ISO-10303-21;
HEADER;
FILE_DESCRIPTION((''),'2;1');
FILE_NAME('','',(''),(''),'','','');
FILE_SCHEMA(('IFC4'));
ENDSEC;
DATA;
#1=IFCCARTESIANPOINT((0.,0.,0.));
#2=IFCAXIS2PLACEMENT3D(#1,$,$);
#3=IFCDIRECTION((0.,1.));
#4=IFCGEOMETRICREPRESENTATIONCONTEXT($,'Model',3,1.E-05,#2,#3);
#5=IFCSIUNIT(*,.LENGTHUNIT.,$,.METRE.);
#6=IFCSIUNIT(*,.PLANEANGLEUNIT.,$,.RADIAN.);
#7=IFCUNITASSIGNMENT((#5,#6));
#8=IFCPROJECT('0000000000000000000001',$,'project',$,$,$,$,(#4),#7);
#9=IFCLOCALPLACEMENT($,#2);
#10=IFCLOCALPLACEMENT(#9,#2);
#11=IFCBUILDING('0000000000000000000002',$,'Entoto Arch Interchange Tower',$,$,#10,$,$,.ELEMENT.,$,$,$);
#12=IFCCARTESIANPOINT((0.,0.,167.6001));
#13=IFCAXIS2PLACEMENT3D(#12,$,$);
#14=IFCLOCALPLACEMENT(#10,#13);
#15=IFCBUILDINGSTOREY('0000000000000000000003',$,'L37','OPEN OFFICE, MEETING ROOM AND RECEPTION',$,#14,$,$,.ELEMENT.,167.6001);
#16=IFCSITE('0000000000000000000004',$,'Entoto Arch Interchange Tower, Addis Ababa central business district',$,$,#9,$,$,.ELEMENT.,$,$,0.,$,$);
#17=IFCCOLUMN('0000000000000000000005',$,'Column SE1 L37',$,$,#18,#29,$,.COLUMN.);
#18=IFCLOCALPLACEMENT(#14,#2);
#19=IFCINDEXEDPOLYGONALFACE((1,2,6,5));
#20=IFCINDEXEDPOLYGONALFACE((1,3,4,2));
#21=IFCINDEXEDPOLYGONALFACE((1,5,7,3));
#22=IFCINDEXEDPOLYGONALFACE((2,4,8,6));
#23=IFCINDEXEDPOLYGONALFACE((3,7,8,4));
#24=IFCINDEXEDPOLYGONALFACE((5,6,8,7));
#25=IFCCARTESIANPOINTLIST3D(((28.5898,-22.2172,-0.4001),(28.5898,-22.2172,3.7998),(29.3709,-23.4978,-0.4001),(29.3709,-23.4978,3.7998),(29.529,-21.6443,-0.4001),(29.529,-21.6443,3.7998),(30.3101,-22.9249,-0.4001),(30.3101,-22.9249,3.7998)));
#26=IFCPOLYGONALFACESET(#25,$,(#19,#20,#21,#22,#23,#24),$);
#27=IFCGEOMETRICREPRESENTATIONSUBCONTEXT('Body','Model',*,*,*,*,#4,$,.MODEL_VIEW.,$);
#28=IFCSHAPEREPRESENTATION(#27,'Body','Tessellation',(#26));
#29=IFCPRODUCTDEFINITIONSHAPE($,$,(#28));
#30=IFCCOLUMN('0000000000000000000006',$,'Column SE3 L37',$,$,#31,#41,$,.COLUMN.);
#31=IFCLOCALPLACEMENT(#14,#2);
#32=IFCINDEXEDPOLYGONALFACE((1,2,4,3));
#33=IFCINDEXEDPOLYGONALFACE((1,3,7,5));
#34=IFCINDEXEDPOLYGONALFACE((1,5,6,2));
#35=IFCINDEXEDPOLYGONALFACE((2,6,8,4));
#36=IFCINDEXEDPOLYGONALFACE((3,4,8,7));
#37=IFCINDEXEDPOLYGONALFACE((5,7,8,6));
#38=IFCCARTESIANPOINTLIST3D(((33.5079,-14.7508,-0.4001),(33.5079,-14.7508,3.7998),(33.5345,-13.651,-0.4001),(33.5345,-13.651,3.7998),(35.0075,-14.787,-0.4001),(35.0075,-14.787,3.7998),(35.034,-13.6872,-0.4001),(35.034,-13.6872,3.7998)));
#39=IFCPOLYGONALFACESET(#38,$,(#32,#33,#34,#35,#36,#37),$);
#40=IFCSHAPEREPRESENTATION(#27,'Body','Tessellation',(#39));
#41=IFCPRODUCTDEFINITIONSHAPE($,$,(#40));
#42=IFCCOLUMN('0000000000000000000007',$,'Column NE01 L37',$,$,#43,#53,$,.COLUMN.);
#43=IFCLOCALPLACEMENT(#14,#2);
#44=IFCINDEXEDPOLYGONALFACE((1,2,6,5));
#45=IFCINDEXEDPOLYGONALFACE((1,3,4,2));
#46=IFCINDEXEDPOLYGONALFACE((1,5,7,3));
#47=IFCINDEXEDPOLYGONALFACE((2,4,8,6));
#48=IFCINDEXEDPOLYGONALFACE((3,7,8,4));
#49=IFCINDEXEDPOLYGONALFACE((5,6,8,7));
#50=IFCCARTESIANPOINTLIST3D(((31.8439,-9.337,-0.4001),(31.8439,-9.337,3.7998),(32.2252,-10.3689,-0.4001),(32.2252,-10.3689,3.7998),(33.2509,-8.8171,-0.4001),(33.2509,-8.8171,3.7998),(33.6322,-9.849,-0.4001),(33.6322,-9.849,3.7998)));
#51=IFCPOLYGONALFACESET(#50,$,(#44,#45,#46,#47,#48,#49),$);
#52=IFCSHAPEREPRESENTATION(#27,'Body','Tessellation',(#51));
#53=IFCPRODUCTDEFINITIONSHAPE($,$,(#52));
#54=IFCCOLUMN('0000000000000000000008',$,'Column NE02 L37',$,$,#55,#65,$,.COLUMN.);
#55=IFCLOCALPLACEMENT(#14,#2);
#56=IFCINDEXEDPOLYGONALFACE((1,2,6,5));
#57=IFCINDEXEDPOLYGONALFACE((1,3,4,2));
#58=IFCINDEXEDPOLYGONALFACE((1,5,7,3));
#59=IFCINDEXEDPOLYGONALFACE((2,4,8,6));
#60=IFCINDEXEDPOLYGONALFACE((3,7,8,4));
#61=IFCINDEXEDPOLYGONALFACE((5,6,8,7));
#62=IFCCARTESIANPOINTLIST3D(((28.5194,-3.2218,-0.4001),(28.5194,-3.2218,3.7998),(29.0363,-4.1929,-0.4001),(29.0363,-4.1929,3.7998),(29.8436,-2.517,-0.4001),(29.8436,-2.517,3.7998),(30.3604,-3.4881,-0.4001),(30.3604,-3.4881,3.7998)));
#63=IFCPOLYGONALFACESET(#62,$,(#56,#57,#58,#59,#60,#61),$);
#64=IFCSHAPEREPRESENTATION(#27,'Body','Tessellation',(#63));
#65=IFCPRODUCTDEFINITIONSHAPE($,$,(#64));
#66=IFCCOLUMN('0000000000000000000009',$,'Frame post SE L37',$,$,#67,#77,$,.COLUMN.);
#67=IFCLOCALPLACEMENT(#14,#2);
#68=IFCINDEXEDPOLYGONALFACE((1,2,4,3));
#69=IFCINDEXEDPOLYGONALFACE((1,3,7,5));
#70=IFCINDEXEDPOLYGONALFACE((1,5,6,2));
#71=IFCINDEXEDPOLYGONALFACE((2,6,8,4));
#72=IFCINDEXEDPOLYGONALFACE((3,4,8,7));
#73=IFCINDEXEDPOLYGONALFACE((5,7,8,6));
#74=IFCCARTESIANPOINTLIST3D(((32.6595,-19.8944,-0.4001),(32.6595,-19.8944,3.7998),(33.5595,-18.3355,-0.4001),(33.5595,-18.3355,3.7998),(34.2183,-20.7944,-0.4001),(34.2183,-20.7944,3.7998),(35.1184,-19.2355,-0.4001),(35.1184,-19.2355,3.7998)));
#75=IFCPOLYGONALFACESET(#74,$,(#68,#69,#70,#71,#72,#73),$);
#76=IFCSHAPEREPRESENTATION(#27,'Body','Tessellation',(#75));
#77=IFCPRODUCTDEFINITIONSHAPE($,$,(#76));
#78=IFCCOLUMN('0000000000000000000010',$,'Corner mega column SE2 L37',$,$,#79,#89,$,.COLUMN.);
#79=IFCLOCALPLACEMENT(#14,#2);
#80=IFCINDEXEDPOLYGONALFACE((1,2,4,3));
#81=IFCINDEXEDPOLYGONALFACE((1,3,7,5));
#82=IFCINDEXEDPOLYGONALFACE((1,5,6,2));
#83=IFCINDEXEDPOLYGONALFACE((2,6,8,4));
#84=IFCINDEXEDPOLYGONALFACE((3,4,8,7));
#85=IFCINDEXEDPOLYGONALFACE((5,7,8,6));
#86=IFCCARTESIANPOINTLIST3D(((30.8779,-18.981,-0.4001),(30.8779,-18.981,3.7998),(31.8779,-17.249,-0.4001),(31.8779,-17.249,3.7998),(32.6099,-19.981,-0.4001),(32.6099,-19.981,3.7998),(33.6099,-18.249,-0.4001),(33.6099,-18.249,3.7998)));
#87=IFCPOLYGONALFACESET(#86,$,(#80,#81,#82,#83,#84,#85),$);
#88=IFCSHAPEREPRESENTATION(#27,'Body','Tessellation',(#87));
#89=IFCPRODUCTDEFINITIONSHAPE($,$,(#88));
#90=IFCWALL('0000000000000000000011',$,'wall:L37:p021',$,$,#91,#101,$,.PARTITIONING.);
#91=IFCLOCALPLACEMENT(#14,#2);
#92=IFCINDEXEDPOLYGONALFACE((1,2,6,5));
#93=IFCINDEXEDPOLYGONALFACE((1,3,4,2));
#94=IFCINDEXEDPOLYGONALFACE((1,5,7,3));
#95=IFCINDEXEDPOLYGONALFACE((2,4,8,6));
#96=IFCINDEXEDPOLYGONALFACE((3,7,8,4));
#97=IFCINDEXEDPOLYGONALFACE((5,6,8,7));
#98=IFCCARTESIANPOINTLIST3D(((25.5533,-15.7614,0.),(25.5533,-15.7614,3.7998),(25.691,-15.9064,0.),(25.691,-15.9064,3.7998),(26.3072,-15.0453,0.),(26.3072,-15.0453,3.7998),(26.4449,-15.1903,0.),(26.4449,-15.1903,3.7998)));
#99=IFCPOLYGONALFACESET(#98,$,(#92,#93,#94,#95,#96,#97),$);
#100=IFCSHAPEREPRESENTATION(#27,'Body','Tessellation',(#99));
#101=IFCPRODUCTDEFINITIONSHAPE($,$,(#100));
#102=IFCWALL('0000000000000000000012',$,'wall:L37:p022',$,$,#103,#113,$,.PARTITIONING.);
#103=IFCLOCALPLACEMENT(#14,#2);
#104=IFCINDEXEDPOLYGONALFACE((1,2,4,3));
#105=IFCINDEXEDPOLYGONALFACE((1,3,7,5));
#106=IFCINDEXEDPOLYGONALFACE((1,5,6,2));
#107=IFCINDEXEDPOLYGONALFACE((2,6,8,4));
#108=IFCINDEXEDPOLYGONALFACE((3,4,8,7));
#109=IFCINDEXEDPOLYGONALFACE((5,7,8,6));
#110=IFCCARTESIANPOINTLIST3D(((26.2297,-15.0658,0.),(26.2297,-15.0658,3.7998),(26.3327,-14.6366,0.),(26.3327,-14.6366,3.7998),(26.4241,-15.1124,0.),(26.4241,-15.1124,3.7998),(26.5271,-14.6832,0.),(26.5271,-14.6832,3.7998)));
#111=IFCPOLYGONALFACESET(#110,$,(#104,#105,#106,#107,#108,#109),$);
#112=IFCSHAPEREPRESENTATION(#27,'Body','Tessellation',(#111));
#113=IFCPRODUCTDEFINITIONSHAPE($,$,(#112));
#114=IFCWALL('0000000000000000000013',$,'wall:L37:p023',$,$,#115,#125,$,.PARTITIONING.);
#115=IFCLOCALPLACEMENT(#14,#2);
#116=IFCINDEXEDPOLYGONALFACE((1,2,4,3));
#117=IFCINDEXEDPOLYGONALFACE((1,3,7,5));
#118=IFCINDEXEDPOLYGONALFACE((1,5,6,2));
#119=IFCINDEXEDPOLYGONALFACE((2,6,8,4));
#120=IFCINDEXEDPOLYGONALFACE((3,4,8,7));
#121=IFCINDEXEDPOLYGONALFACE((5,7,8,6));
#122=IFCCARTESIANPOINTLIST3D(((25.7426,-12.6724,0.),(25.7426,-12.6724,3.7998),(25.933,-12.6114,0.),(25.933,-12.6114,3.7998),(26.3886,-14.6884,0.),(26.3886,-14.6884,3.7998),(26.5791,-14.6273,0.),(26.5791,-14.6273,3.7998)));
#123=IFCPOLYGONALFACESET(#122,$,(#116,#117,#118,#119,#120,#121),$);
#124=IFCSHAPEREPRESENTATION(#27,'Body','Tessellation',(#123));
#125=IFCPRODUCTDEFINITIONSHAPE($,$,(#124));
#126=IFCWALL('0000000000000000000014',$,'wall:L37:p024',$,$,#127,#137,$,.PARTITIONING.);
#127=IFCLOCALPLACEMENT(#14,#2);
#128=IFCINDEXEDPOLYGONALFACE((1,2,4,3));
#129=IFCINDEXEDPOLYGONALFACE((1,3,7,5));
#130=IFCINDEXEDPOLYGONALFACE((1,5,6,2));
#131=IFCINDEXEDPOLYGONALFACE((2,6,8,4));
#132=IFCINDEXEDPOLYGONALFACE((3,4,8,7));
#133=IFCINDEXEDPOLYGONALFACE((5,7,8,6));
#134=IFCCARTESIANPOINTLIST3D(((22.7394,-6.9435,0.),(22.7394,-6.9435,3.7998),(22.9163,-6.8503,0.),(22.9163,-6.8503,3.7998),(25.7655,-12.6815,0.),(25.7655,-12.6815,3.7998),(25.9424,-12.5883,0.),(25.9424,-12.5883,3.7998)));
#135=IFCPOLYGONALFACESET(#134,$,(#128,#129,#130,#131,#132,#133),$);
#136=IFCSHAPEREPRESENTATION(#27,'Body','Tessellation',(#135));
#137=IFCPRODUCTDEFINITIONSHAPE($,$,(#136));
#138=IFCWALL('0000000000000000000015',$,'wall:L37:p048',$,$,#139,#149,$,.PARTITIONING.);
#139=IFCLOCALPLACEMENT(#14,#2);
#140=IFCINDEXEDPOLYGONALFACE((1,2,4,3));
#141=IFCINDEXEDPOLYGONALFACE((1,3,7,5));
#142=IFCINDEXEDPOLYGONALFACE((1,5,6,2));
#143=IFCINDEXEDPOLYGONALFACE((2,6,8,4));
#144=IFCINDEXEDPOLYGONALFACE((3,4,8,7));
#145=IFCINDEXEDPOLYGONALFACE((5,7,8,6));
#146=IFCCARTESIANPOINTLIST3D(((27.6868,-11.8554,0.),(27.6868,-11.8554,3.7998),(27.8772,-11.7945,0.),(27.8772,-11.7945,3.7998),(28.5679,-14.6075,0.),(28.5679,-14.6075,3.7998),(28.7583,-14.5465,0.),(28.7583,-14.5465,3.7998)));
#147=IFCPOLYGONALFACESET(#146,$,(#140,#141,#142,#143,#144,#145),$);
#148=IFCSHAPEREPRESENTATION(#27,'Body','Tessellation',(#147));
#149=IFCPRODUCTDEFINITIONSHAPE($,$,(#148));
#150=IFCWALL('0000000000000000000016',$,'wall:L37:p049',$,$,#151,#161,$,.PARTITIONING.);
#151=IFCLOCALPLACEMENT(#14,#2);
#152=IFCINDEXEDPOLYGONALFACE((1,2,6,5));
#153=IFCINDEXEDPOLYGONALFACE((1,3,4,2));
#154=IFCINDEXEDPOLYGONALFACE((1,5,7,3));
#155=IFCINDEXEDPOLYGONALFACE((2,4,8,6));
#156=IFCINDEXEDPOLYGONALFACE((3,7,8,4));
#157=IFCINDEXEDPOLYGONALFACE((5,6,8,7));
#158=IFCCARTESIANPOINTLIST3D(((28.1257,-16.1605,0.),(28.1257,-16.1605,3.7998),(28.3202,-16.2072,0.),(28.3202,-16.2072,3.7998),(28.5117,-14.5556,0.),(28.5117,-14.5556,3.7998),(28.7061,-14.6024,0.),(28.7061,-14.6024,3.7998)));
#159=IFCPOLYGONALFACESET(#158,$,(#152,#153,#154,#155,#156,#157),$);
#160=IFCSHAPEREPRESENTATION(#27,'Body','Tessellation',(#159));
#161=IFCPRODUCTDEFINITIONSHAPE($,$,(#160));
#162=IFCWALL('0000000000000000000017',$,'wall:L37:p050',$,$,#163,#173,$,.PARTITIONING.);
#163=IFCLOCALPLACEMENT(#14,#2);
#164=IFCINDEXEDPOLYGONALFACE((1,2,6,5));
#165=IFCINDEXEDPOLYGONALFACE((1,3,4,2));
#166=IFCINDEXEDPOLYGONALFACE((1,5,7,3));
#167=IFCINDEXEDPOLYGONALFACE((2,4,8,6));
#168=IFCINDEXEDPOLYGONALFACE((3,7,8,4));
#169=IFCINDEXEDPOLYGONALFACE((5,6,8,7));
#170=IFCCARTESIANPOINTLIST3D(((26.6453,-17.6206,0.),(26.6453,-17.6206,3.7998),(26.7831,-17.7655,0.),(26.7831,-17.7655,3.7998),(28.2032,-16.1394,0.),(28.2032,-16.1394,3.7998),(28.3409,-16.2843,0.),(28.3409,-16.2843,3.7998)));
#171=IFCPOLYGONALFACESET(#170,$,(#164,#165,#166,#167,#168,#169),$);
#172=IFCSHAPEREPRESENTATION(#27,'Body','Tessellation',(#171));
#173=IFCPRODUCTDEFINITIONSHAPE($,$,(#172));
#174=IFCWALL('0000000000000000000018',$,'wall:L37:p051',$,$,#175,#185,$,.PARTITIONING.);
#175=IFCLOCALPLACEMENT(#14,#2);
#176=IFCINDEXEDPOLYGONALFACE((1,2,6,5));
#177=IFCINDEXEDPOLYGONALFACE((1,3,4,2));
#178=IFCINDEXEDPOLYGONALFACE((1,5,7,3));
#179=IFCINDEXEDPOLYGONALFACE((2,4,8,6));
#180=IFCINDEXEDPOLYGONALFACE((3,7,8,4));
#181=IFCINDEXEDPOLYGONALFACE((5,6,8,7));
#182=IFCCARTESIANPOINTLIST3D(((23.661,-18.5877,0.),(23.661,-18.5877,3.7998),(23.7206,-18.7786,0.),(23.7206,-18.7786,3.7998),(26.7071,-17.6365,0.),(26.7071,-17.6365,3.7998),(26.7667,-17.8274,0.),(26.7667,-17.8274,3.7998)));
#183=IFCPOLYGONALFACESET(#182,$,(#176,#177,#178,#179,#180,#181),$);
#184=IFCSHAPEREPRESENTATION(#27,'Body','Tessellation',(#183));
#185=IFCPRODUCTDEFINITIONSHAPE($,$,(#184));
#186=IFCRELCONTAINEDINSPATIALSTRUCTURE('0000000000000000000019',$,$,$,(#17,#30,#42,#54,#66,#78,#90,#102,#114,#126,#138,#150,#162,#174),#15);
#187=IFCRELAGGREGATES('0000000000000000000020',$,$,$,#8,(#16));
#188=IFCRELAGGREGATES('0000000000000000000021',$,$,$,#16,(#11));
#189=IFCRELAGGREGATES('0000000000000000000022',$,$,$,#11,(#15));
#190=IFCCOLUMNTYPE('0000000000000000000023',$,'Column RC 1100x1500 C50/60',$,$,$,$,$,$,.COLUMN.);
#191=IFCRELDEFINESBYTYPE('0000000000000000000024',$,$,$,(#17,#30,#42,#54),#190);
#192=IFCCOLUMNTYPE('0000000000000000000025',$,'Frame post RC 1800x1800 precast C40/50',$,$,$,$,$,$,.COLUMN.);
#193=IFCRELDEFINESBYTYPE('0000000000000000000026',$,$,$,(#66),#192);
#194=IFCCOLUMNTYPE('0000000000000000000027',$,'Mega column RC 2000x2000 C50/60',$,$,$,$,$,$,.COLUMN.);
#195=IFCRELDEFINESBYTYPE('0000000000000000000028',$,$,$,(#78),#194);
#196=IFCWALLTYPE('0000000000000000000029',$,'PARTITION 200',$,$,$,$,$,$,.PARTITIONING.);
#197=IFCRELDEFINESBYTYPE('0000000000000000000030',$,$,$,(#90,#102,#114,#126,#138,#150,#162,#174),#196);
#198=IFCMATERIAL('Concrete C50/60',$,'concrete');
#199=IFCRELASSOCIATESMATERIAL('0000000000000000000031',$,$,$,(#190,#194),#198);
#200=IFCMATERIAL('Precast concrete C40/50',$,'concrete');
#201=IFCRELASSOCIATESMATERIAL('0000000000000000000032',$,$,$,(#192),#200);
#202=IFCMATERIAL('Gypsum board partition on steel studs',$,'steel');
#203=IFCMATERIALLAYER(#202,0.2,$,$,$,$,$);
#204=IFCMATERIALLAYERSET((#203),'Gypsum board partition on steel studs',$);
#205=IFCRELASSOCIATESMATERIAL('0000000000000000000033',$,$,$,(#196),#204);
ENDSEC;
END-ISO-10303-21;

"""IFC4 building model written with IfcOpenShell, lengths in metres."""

from ifc_helpers import new_model, si_unit, direction, frame, frame_2d, origin, origin_2d, place, context, subcontext, project, spatial, rectangle, extrude, material, layer, layer_set, material_profile, profile_set, type_object, element, save


model = new_model("IFC4")

# Units and contexts
model_context = context("Model", 3, precision=1e-05, world=origin(), true_north=direction((0.0, 1.0)))
body_context = subcontext(model_context, "Body", "Model", "MODEL_VIEW")
ifc_project = project(units=[si_unit("LENGTHUNIT", "METRE"), si_unit("PLANEANGLEUNIT", "RADIAN")], contexts=[model_context])

# Site, building, storey
site_placement = place(None, origin())
site = spatial("IfcSite", under=ifc_project, at=site_placement, Name="Entoto Arch Interchange Tower, Addis Ababa central business district", CompositionType="ELEMENT", RefElevation=0.0)
building_placement = place(site_placement, origin())
building = spatial("IfcBuilding", under=site, at=building_placement, Name="Entoto Arch Interchange Tower", CompositionType="ELEMENT")
storey_placement = place(building_placement, frame((0.0, 0.0, 167.6001)))
storey = spatial("IfcBuildingStorey", under=building, at=storey_placement, Name="L37", Description="OPEN OFFICE, MEETING ROOM AND RECEPTION", CompositionType="ELEMENT", Elevation=167.6001)

# Columns
ifc_material_1 = material(Name="Concrete C50/60", Category="concrete")
ifc_material_profile_1 = material_profile(ifc_material_1, rectangle(XDim=1.1001, YDim=1.5, at=origin_2d()))
ifc_profile_set_1 = profile_set([ifc_material_profile_1], Name="Concrete C50/60")
column_type_1 = type_object("IfcColumnType", Name="Column RC 1100x1500 C50/60", PredefinedType="COLUMN", material=ifc_profile_set_1)
for number, where, z_axis, x_axis, name in (
    (1, (29.45, -22.571, -0.4001), (0.0, 0.0, 1.0), (0.853714, 0.520741, 0.0), "Column SE1 L37"),
    (2, (34.271, -14.219, -0.4001), (0.0, 0.0, 1.0), (0.024118, 0.999709, 0.0), "Column SE3 L37"),
    (3, (32.738, -9.593, -0.4001), (0.0, 0.0, 1.0), (-0.346592, 0.938016, 0.0), "Column NE01 L37"),
    (4, (29.4399, -3.355, -0.4001), (0.0, 0.0, 1.0), (-0.469857, 0.882743, 0.0), "Column NE02 L37"),
):
    element("IfcColumn", number, at=place(storey_placement, frame(where, z_axis=z_axis, x_axis=x_axis)), inside=storey, type_object=column_type_1, Name=name, PredefinedType="COLUMN", context=body_context, shape_type="SweptSolid", body=[
        extrude(rectangle(XDim=1.1001, YDim=1.5, at=origin_2d()), origin(), (0.0, 0.0, 1.0), 4.2),
    ])
ifc_material_2 = material(Name="Precast concrete C40/50", Category="concrete")
ifc_material_profile_2 = material_profile(ifc_material_2, rectangle(XDim=1.8, YDim=1.8, at=origin_2d()))
ifc_profile_set_2 = profile_set([ifc_material_profile_2], Name="Precast concrete C40/50")
column_type_2 = type_object("IfcColumnType", Name="Frame post RC 1800x1800 precast C40/50", PredefinedType="COLUMN", material=ifc_profile_set_2)
column_1_placement = place(storey_placement, frame((33.8889, -19.5649, -0.4001), z_axis=(0.0, 0.0, 1.0), x_axis=(-0.866025, 0.5, 0.0)))
element("IfcColumn", 5, at=column_1_placement, inside=storey, type_object=column_type_2, Name="Frame post SE L37", PredefinedType="COLUMN", context=body_context, shape_type="SweptSolid", body=[
    extrude(rectangle(XDim=1.8, YDim=1.8, at=origin_2d()), origin(), (0.0, 0.0, 1.0), 4.2),
])
ifc_material_profile_3 = material_profile(ifc_material_1, rectangle(XDim=2.0, YDim=2.0, at=origin_2d()))
ifc_profile_set_3 = profile_set([ifc_material_profile_3], Name="Concrete C50/60")
column_type_3 = type_object("IfcColumnType", Name="Mega column RC 2000x2000 C50/60", PredefinedType="COLUMN", material=ifc_profile_set_3)
column_2_placement = place(storey_placement, frame((32.2439, -18.615, -0.4001), z_axis=(0.0, 0.0, 1.0), x_axis=(-0.866025, 0.5, 0.0)))
element("IfcColumn", 6, at=column_2_placement, inside=storey, type_object=column_type_3, Name="Corner mega column SE2 L37", PredefinedType="COLUMN", context=body_context, shape_type="SweptSolid", body=[
    extrude(rectangle(XDim=2.0, YDim=2.0, at=origin_2d()), origin(), (0.0, 0.0, 1.0), 4.2),
])

# Walls
ifc_material_3 = material(Name="Gypsum board partition on steel studs", Category="steel")
ifc_layer_1 = layer(ifc_material_3, 0.2)
ifc_layer_set_1 = layer_set([ifc_layer_1], Name="Gypsum board partition on steel studs")
wall_type_1 = type_object("IfcWallType", Name="PARTITION 200", PredefinedType="PARTITIONING", material=ifc_layer_set_1)
wall_1_placement = place(storey_placement, frame((25.6221, -15.834, 0.0), z_axis=(0.0, 0.0, 1.0), x_axis=(0.72507, 0.688675, 0.0)))
element("IfcWall", 7, at=wall_1_placement, inside=storey, type_object=wall_type_1, Name="wall:L37:p021", PredefinedType="PARTITIONING", context=body_context, shape_type="SweptSolid", body=[
    extrude(rectangle(XDim=1.0398, YDim=0.2, at=frame_2d((0.52, 0.0))), origin(), (0.0, 0.0, 1.0), 3.7998),
])
wall_2_placement = place(storey_placement, frame((26.3269, -15.0891, 0.0), z_axis=(0.0, 0.0, 1.0), x_axis=(0.233415, 0.972377, 0.0)))
element("IfcWall", 8, at=wall_2_placement, inside=storey, type_object=wall_type_1, Name="wall:L37:p022", PredefinedType="PARTITIONING", context=body_context, shape_type="SweptSolid", body=[
    extrude(rectangle(XDim=0.4414, YDim=0.2, at=frame_2d((0.2207, 0.0))), origin(), (0.0, 0.0, 1.0), 3.7998),
])
wall_3_placement = place(storey_placement, frame((26.4839, -14.658, 0.0), z_axis=(0.0, 0.0, 1.0), x_axis=(-0.305169, 0.952298, 0.0)))
element("IfcWall", 9, at=wall_3_placement, inside=storey, type_object=wall_type_1, Name="wall:L37:p023", PredefinedType="PARTITIONING", context=body_context, shape_type="SweptSolid", body=[
    extrude(rectangle(XDim=2.1169, YDim=0.2, at=frame_2d((1.0586, 0.0))), origin(), (0.0, 0.0, 1.0), 3.7998),
])
wall_4_placement = place(storey_placement, frame((25.854, -12.635, 0.0), z_axis=(0.0, 0.0, 1.0), x_axis=(-0.466483, 0.88453, 0.0)))
element("IfcWall", 10, at=wall_4_placement, inside=storey, type_object=wall_type_1, Name="wall:L37:p024", PredefinedType="PARTITIONING", context=body_context, shape_type="SweptSolid", body=[
    extrude(rectangle(XDim=6.4871, YDim=0.2, at=frame_2d((3.2437, 0.0))), origin(), (0.0, 0.0, 1.0), 3.7998),
])
wall_5_placement = place(storey_placement, frame((27.782, -11.825, 0.0), z_axis=(0.0, 0.0, 1.0), x_axis=(0.304926, -0.952376, 0.0)))
element("IfcWall", 11, at=wall_5_placement, inside=storey, type_object=wall_type_1, Name="wall:L37:p048", PredefinedType="PARTITIONING", context=body_context, shape_type="SweptSolid", body=[
    extrude(rectangle(XDim=2.8896, YDim=0.2, at=frame_2d((1.4448, 0.0))), origin(), (0.0, 0.0, 1.0), 3.7998),
])
wall_6_placement = place(storey_placement, frame((28.6089, -14.5791, 0.0), z_axis=(0.0, 0.0, 1.0), x_axis=(-0.233826, -0.972278, 0.0)))
element("IfcWall", 12, at=wall_6_placement, inside=storey, type_object=wall_type_1, Name="wall:L37:p049", PredefinedType="PARTITIONING", context=body_context, shape_type="SweptSolid", body=[
    extrude(rectangle(XDim=1.6506, YDim=0.2, at=frame_2d((0.8252, 0.0))), origin(), (0.0, 0.0, 1.0), 3.7998),
])
wall_7_placement = place(storey_placement, frame((28.272, -16.2119, 0.0), z_axis=(0.0, 0.0, 1.0), x_axis=(-0.724713, -0.689051, 0.0)))
element("IfcWall", 13, at=wall_7_placement, inside=storey, type_object=wall_type_1, Name="wall:L37:p050", PredefinedType="PARTITIONING", context=body_context, shape_type="SweptSolid", body=[
    extrude(rectangle(XDim=2.1497, YDim=0.2, at=frame_2d((1.0747, 0.0))), origin(), (0.0, 0.0, 1.0), 3.7998),
])
wall_8_placement = place(storey_placement, frame((26.7371, -17.7319, 0.0), z_axis=(0.0, 0.0, 1.0), x_axis=(-0.954547, -0.298062, 0.0)))
element("IfcWall", 14, at=wall_8_placement, inside=storey, type_object=wall_type_1, Name="wall:L37:p051", PredefinedType="PARTITIONING", context=body_context, shape_type="SweptSolid", body=[
    extrude(rectangle(XDim=3.1912, YDim=0.2, at=frame_2d((1.5957, 0.0))), origin(), (0.0, 0.0, 1.0), 3.7998),
])

save(model, "model.ifc")
